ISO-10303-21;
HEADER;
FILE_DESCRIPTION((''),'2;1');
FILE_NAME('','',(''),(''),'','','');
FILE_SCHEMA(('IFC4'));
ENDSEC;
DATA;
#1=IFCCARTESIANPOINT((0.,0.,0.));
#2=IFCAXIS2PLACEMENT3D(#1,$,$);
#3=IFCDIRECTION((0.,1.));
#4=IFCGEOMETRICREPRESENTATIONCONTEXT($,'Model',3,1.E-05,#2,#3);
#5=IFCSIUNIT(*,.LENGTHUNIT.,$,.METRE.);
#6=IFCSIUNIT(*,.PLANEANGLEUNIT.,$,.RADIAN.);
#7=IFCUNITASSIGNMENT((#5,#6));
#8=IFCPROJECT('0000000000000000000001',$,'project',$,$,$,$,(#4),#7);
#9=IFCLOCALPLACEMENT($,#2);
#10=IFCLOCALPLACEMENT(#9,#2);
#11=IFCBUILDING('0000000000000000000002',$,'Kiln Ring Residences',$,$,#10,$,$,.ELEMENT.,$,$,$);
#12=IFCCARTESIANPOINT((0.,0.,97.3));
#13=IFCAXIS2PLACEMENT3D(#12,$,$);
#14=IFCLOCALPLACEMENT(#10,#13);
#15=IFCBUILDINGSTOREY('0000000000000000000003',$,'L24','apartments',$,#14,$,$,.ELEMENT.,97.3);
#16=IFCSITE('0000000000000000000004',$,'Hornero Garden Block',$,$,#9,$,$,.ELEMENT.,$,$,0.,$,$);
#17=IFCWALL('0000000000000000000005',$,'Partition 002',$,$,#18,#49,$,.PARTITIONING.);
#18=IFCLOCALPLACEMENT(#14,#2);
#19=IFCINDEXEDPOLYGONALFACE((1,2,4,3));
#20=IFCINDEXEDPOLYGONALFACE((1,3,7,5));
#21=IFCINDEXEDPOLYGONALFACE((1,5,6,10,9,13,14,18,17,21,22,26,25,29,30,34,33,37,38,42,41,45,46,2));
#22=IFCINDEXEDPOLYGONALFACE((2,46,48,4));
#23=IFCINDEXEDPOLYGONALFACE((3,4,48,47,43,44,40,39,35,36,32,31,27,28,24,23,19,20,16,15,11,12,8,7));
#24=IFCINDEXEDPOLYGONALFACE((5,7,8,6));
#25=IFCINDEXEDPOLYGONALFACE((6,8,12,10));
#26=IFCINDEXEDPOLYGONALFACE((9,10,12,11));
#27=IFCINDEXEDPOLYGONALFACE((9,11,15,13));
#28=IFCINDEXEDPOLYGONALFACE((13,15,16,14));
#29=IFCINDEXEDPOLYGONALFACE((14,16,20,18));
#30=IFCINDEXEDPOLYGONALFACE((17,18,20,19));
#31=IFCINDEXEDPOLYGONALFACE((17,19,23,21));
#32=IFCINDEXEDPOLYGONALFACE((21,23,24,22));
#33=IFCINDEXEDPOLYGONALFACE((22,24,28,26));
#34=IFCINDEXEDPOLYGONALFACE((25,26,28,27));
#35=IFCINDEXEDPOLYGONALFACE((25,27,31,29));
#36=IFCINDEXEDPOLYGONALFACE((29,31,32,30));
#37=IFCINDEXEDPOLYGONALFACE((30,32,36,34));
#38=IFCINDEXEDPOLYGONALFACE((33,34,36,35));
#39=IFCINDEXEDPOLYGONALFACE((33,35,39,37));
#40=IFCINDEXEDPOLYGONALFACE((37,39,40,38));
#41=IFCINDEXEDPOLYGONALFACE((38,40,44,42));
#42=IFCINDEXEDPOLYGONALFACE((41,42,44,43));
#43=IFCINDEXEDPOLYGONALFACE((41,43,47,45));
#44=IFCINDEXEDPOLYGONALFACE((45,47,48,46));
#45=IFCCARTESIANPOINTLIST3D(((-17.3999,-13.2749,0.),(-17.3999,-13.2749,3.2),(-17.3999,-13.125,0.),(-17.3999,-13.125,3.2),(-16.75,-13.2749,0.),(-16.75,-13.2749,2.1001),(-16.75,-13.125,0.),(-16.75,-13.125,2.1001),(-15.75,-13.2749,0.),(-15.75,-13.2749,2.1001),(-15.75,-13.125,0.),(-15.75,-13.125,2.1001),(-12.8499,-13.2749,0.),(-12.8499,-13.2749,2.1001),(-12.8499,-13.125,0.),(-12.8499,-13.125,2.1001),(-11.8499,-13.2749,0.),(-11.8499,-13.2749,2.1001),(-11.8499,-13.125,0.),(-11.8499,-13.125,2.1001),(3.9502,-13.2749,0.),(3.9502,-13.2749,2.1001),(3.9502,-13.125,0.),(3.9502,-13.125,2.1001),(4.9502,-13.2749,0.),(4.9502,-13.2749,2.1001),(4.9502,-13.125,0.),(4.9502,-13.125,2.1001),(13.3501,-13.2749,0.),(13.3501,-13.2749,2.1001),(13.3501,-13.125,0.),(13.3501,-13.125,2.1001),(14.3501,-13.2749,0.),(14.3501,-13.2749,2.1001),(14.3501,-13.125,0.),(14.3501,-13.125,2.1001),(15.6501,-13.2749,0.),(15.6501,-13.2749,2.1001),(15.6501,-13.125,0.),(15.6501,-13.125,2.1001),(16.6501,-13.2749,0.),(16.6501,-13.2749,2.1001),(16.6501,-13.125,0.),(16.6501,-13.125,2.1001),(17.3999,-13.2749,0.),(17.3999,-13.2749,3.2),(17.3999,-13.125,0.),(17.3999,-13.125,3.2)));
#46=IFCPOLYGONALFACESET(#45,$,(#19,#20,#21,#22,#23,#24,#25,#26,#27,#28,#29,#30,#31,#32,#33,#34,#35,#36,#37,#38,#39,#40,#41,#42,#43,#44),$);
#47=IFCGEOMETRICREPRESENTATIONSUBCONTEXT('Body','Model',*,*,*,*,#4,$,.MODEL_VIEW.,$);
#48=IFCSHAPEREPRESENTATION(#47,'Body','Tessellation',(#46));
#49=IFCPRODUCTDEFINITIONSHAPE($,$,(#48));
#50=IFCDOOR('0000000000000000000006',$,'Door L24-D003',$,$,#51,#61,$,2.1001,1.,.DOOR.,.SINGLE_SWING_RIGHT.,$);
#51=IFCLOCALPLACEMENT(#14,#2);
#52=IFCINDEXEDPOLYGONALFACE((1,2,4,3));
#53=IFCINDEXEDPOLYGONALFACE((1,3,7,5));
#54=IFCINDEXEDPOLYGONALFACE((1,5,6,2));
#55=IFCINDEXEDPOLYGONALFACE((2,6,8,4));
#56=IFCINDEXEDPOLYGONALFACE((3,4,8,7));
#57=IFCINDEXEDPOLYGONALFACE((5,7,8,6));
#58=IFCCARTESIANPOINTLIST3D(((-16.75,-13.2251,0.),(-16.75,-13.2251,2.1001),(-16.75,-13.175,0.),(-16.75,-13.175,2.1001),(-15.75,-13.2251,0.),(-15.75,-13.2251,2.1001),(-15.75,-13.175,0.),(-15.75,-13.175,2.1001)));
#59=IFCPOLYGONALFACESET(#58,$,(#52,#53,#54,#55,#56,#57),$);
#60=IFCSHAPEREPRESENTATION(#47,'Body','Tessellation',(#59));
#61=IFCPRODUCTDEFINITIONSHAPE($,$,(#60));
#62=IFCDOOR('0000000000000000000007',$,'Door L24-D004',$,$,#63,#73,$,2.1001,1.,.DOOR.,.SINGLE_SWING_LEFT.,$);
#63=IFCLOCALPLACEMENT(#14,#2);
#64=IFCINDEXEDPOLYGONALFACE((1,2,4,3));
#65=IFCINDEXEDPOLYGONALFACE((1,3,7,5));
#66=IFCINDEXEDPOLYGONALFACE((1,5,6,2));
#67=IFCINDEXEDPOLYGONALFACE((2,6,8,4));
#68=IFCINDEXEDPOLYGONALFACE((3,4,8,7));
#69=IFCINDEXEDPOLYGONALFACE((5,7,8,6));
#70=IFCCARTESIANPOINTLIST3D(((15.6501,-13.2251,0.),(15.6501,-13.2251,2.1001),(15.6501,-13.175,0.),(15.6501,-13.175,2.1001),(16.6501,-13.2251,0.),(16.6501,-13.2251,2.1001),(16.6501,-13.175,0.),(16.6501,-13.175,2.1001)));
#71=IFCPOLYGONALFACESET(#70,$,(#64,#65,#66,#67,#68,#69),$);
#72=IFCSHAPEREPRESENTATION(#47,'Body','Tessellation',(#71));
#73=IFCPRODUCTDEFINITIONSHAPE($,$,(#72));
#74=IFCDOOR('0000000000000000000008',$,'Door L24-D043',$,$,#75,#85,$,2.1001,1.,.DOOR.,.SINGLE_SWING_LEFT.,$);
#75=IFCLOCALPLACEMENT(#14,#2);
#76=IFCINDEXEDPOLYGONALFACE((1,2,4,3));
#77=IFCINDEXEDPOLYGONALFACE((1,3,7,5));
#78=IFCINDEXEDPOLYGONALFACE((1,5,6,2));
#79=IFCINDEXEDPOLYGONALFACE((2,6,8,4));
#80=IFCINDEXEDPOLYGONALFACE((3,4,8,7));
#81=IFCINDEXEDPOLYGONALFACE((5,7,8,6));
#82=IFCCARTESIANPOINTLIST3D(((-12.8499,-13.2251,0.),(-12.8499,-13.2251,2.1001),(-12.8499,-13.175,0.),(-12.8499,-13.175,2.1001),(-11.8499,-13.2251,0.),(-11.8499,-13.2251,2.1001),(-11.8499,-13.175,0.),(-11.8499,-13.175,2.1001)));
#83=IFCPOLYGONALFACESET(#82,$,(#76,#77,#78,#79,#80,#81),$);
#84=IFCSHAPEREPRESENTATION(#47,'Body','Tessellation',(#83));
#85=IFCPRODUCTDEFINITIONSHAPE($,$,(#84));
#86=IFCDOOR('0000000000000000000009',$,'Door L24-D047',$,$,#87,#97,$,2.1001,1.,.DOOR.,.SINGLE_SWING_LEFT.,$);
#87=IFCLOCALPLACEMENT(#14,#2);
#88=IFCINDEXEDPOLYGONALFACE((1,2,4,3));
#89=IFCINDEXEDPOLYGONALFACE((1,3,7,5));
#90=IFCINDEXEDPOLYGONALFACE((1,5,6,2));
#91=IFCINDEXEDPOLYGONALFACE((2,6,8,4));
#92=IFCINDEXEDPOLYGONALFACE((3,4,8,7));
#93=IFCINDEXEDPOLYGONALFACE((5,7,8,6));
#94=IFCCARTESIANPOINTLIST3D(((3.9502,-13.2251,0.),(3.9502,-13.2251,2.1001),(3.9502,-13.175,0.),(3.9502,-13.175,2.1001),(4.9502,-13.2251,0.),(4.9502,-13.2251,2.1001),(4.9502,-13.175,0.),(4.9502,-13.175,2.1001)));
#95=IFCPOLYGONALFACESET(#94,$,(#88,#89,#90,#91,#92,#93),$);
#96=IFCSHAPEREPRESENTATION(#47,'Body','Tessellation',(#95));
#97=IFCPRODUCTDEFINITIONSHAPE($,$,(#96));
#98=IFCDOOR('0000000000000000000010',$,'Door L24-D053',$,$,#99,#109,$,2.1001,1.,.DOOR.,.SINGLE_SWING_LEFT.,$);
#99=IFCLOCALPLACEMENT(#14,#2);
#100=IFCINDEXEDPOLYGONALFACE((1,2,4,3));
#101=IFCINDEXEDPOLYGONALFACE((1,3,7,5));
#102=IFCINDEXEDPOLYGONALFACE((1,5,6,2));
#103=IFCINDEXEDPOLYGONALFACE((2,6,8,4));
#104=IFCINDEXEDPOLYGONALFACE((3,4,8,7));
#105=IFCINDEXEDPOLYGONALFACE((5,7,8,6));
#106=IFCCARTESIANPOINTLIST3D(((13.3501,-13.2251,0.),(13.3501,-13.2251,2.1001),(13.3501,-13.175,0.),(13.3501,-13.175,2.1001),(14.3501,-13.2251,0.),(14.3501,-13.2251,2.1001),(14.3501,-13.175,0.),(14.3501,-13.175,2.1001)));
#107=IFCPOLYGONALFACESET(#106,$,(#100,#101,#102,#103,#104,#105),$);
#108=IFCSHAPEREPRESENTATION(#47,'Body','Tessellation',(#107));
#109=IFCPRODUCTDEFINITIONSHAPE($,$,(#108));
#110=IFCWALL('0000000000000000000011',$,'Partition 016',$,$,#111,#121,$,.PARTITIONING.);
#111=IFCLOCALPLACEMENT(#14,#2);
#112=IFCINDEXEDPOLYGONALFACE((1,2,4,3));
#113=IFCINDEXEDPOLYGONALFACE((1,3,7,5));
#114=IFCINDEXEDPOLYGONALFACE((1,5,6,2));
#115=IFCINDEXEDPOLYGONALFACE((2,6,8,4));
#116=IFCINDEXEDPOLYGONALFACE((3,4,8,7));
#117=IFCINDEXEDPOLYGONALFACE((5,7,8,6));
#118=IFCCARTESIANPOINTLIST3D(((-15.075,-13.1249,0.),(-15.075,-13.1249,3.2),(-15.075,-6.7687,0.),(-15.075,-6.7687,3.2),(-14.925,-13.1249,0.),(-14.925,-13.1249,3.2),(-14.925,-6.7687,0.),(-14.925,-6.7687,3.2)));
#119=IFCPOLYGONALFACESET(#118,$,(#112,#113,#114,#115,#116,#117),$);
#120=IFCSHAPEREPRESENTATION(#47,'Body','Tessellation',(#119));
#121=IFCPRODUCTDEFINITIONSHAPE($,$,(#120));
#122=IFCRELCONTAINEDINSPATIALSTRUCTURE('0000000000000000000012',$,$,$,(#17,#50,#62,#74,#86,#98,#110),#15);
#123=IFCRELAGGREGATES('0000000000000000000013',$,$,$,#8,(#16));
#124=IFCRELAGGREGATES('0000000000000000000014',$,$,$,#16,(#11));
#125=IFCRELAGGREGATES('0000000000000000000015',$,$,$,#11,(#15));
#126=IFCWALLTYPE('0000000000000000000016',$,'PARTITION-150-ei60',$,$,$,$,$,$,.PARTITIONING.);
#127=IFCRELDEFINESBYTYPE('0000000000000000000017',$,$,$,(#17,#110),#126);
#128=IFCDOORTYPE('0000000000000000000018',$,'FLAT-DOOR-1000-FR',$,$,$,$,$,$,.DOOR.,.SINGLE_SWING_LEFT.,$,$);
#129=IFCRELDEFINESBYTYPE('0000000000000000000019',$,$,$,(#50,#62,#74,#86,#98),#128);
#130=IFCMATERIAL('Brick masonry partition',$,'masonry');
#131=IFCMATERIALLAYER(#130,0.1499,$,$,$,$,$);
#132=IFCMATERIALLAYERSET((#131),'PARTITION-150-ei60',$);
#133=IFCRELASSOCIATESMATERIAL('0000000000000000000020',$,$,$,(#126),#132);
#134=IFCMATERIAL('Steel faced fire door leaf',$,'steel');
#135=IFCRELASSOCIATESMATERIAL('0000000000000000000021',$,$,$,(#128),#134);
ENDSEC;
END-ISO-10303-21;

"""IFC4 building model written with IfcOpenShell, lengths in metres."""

from ifc_helpers import new_model, si_unit, direction, frame, frame_2d, origin, place, context, subcontext, project, spatial, rectangle, extrude, material, layer, layer_set, type_object, element, fill, save


model = new_model("IFC4")

# Units and contexts
model_context = context("Model", 3, precision=1e-05, world=origin(), true_north=direction((0.0, 1.0)))
body_context = subcontext(model_context, "Body", "Model", "MODEL_VIEW")
ifc_project = project(units=[si_unit("LENGTHUNIT", "METRE"), si_unit("PLANEANGLEUNIT", "RADIAN")], contexts=[model_context])

# Site, building, storey
site_placement = place(None, origin())
site = spatial("IfcSite", under=ifc_project, at=site_placement, Name="Hornero Garden Block", CompositionType="ELEMENT", RefElevation=0.0)
building_placement = place(site_placement, origin())
building = spatial("IfcBuilding", under=site, at=building_placement, Name="Kiln Ring Residences", CompositionType="ELEMENT")
storey_placement = place(building_placement, frame((0.0, 0.0, 97.3)))
storey = spatial("IfcBuildingStorey", under=building, at=storey_placement, Name="L24", Description="apartments", CompositionType="ELEMENT", Elevation=97.3)

# Wall, openings, doors
ifc_material_1 = material(Name="Brick masonry partition", Category="masonry")
ifc_layer = layer(ifc_material_1, 0.1499)
ifc_layer_set = layer_set([ifc_layer], Name="PARTITION-150-ei60")
wall_type = type_object("IfcWallType", Name="PARTITION-150-ei60", PredefinedType="PARTITIONING", material=ifc_layer_set)
wall_1_placement = place(storey_placement, frame((-17.3999, -13.2, 0.0), z_axis=(0.0, 0.0, 1.0), x_axis=(1.0, 0.0, 0.0)))
wall_1 = element("IfcWall", 1, at=wall_1_placement, inside=storey, type_object=wall_type, Name="Partition 002", PredefinedType="PARTITIONING", context=body_context, shape_type="SweptSolid", body=[
    extrude(rectangle(XDim=34.7998, YDim=0.1499, at=frame_2d((17.3999, 0.0))), origin(), (0.0, 0.0, 1.0), 3.2),
])
opening_1_placement = place(wall_1_placement, frame((0.6499, 0.0, 0.0)))
opening_1 = element("IfcOpeningElement", 2, at=opening_1_placement, cuts=wall_1, PredefinedType="OPENING", context=body_context, shape_type="SweptSolid", body=[
    extrude(rectangle(XDim=1.0, YDim=2.1001, at=frame_2d((0.5, 1.05))), frame((0.0, 0.085, 0.0), z_axis=(0.0, -1.0, 0.0), x_axis=(1.0, 0.0, 0.0)), (0.0, 0.0, 1.0), 0.1699),
])
opening_2_placement = place(wall_1_placement, frame((33.05, 0.0, 0.0)))
opening_2 = element("IfcOpeningElement", 3, at=opening_2_placement, cuts=wall_1, PredefinedType="OPENING", context=body_context, shape_type="SweptSolid", body=[
    extrude(rectangle(XDim=1.0, YDim=2.1001, at=frame_2d((0.5, 1.05))), frame((0.0, 0.085, 0.0), z_axis=(0.0, -1.0, 0.0), x_axis=(1.0, 0.0, 0.0)), (0.0, 0.0, 1.0), 0.1699),
])
opening_3_placement = place(wall_1_placement, frame((4.55, 0.0, 0.0)))
opening_3 = element("IfcOpeningElement", 4, at=opening_3_placement, cuts=wall_1, PredefinedType="OPENING", context=body_context, shape_type="SweptSolid", body=[
    extrude(rectangle(XDim=1.0, YDim=2.1001, at=frame_2d((0.5, 1.05))), frame((0.0, 0.085, 0.0), z_axis=(0.0, -1.0, 0.0), x_axis=(1.0, 0.0, 0.0)), (0.0, 0.0, 1.0), 0.1699),
])
opening_4_placement = place(wall_1_placement, frame((21.3501, 0.0, 0.0)))
opening_4 = element("IfcOpeningElement", 5, at=opening_4_placement, cuts=wall_1, PredefinedType="OPENING", context=body_context, shape_type="SweptSolid", body=[
    extrude(rectangle(XDim=1.0, YDim=2.1001, at=frame_2d((0.5, 1.05))), frame((0.0, 0.085, 0.0), z_axis=(0.0, -1.0, 0.0), x_axis=(1.0, 0.0, 0.0)), (0.0, 0.0, 1.0), 0.1699),
])
opening_5_placement = place(wall_1_placement, frame((30.75, 0.0, 0.0)))
opening_5 = element("IfcOpeningElement", 6, at=opening_5_placement, cuts=wall_1, PredefinedType="OPENING", context=body_context, shape_type="SweptSolid", body=[
    extrude(rectangle(XDim=1.0, YDim=2.1001, at=frame_2d((0.5, 1.05))), frame((0.0, 0.085, 0.0), z_axis=(0.0, -1.0, 0.0), x_axis=(1.0, 0.0, 0.0)), (0.0, 0.0, 1.0), 0.1699),
])
ifc_material_2 = material(Name="Steel faced fire door leaf", Category="steel")
door_type = type_object("IfcDoorType", Name="FLAT-DOOR-1000-FR", OperationType="SINGLE_SWING_LEFT", PredefinedType="DOOR", material=ifc_material_2)
door_1_placement = place(opening_1_placement, origin())
door_1 = element("IfcDoor", 7, at=door_1_placement, inside=storey, type_object=door_type, Name="Door L24-D003", OperationType="SINGLE_SWING_RIGHT", OverallHeight=2.1001, OverallWidth=1.0, PredefinedType="DOOR", context=body_context, shape_type="SweptSolid", body=[
    extrude(rectangle(XDim=1.0, YDim=2.1001, at=frame_2d((0.5, 1.05))), frame((0.0, 0.0249, 0.0), z_axis=(0.0, -1.0, 0.0), x_axis=(1.0, 0.0, 0.0)), (0.0, 0.0, 1.0), 0.05),
])
fill(opening_1, door_1)
door_2_placement = place(opening_2_placement, origin())
door_2 = element("IfcDoor", 8, at=door_2_placement, inside=storey, type_object=door_type, Name="Door L24-D004", OperationType="SINGLE_SWING_LEFT", OverallHeight=2.1001, OverallWidth=1.0, PredefinedType="DOOR", context=body_context, shape_type="SweptSolid", body=[
    extrude(rectangle(XDim=1.0, YDim=2.1001, at=frame_2d((0.5, 1.05))), frame((0.0, 0.0249, 0.0), z_axis=(0.0, -1.0, 0.0), x_axis=(1.0, 0.0, 0.0)), (0.0, 0.0, 1.0), 0.05),
])
fill(opening_2, door_2)
door_3_placement = place(opening_3_placement, origin())
door_3 = element("IfcDoor", 9, at=door_3_placement, inside=storey, type_object=door_type, Name="Door L24-D043", OperationType="SINGLE_SWING_LEFT", OverallHeight=2.1001, OverallWidth=1.0, PredefinedType="DOOR", context=body_context, shape_type="SweptSolid", body=[
    extrude(rectangle(XDim=1.0, YDim=2.1001, at=frame_2d((0.5, 1.05))), frame((0.0, 0.0249, 0.0), z_axis=(0.0, -1.0, 0.0), x_axis=(1.0, 0.0, 0.0)), (0.0, 0.0, 1.0), 0.05),
])
fill(opening_3, door_3)
door_4_placement = place(opening_4_placement, origin())
door_4 = element("IfcDoor", 10, at=door_4_placement, inside=storey, type_object=door_type, Name="Door L24-D047", OperationType="SINGLE_SWING_LEFT", OverallHeight=2.1001, OverallWidth=1.0, PredefinedType="DOOR", context=body_context, shape_type="SweptSolid", body=[
    extrude(rectangle(XDim=1.0, YDim=2.1001, at=frame_2d((0.5, 1.05))), frame((0.0, 0.0249, 0.0), z_axis=(0.0, -1.0, 0.0), x_axis=(1.0, 0.0, 0.0)), (0.0, 0.0, 1.0), 0.05),
])
fill(opening_4, door_4)
door_5_placement = place(opening_5_placement, origin())
door_5 = element("IfcDoor", 11, at=door_5_placement, inside=storey, type_object=door_type, Name="Door L24-D053", OperationType="SINGLE_SWING_LEFT", OverallHeight=2.1001, OverallWidth=1.0, PredefinedType="DOOR", context=body_context, shape_type="SweptSolid", body=[
    extrude(rectangle(XDim=1.0, YDim=2.1001, at=frame_2d((0.5, 1.05))), frame((0.0, 0.0249, 0.0), z_axis=(0.0, -1.0, 0.0), x_axis=(1.0, 0.0, 0.0)), (0.0, 0.0, 1.0), 0.05),
])
fill(opening_5, door_5)

# Wall
wall_2_placement = place(storey_placement, frame((-15.0, -13.125, 0.0), z_axis=(0.0, 0.0, 1.0), x_axis=(0.0, 1.0, 0.0)))
element("IfcWall", 12, at=wall_2_placement, inside=storey, type_object=wall_type, Name="Partition 016", PredefinedType="PARTITIONING", context=body_context, shape_type="SweptSolid", body=[
    extrude(rectangle(XDim=6.3562, YDim=0.1499, at=frame_2d((3.1782, 0.0))), origin(), (0.0, 0.0, 1.0), 3.2),
])

save(model, "model.ifc")
